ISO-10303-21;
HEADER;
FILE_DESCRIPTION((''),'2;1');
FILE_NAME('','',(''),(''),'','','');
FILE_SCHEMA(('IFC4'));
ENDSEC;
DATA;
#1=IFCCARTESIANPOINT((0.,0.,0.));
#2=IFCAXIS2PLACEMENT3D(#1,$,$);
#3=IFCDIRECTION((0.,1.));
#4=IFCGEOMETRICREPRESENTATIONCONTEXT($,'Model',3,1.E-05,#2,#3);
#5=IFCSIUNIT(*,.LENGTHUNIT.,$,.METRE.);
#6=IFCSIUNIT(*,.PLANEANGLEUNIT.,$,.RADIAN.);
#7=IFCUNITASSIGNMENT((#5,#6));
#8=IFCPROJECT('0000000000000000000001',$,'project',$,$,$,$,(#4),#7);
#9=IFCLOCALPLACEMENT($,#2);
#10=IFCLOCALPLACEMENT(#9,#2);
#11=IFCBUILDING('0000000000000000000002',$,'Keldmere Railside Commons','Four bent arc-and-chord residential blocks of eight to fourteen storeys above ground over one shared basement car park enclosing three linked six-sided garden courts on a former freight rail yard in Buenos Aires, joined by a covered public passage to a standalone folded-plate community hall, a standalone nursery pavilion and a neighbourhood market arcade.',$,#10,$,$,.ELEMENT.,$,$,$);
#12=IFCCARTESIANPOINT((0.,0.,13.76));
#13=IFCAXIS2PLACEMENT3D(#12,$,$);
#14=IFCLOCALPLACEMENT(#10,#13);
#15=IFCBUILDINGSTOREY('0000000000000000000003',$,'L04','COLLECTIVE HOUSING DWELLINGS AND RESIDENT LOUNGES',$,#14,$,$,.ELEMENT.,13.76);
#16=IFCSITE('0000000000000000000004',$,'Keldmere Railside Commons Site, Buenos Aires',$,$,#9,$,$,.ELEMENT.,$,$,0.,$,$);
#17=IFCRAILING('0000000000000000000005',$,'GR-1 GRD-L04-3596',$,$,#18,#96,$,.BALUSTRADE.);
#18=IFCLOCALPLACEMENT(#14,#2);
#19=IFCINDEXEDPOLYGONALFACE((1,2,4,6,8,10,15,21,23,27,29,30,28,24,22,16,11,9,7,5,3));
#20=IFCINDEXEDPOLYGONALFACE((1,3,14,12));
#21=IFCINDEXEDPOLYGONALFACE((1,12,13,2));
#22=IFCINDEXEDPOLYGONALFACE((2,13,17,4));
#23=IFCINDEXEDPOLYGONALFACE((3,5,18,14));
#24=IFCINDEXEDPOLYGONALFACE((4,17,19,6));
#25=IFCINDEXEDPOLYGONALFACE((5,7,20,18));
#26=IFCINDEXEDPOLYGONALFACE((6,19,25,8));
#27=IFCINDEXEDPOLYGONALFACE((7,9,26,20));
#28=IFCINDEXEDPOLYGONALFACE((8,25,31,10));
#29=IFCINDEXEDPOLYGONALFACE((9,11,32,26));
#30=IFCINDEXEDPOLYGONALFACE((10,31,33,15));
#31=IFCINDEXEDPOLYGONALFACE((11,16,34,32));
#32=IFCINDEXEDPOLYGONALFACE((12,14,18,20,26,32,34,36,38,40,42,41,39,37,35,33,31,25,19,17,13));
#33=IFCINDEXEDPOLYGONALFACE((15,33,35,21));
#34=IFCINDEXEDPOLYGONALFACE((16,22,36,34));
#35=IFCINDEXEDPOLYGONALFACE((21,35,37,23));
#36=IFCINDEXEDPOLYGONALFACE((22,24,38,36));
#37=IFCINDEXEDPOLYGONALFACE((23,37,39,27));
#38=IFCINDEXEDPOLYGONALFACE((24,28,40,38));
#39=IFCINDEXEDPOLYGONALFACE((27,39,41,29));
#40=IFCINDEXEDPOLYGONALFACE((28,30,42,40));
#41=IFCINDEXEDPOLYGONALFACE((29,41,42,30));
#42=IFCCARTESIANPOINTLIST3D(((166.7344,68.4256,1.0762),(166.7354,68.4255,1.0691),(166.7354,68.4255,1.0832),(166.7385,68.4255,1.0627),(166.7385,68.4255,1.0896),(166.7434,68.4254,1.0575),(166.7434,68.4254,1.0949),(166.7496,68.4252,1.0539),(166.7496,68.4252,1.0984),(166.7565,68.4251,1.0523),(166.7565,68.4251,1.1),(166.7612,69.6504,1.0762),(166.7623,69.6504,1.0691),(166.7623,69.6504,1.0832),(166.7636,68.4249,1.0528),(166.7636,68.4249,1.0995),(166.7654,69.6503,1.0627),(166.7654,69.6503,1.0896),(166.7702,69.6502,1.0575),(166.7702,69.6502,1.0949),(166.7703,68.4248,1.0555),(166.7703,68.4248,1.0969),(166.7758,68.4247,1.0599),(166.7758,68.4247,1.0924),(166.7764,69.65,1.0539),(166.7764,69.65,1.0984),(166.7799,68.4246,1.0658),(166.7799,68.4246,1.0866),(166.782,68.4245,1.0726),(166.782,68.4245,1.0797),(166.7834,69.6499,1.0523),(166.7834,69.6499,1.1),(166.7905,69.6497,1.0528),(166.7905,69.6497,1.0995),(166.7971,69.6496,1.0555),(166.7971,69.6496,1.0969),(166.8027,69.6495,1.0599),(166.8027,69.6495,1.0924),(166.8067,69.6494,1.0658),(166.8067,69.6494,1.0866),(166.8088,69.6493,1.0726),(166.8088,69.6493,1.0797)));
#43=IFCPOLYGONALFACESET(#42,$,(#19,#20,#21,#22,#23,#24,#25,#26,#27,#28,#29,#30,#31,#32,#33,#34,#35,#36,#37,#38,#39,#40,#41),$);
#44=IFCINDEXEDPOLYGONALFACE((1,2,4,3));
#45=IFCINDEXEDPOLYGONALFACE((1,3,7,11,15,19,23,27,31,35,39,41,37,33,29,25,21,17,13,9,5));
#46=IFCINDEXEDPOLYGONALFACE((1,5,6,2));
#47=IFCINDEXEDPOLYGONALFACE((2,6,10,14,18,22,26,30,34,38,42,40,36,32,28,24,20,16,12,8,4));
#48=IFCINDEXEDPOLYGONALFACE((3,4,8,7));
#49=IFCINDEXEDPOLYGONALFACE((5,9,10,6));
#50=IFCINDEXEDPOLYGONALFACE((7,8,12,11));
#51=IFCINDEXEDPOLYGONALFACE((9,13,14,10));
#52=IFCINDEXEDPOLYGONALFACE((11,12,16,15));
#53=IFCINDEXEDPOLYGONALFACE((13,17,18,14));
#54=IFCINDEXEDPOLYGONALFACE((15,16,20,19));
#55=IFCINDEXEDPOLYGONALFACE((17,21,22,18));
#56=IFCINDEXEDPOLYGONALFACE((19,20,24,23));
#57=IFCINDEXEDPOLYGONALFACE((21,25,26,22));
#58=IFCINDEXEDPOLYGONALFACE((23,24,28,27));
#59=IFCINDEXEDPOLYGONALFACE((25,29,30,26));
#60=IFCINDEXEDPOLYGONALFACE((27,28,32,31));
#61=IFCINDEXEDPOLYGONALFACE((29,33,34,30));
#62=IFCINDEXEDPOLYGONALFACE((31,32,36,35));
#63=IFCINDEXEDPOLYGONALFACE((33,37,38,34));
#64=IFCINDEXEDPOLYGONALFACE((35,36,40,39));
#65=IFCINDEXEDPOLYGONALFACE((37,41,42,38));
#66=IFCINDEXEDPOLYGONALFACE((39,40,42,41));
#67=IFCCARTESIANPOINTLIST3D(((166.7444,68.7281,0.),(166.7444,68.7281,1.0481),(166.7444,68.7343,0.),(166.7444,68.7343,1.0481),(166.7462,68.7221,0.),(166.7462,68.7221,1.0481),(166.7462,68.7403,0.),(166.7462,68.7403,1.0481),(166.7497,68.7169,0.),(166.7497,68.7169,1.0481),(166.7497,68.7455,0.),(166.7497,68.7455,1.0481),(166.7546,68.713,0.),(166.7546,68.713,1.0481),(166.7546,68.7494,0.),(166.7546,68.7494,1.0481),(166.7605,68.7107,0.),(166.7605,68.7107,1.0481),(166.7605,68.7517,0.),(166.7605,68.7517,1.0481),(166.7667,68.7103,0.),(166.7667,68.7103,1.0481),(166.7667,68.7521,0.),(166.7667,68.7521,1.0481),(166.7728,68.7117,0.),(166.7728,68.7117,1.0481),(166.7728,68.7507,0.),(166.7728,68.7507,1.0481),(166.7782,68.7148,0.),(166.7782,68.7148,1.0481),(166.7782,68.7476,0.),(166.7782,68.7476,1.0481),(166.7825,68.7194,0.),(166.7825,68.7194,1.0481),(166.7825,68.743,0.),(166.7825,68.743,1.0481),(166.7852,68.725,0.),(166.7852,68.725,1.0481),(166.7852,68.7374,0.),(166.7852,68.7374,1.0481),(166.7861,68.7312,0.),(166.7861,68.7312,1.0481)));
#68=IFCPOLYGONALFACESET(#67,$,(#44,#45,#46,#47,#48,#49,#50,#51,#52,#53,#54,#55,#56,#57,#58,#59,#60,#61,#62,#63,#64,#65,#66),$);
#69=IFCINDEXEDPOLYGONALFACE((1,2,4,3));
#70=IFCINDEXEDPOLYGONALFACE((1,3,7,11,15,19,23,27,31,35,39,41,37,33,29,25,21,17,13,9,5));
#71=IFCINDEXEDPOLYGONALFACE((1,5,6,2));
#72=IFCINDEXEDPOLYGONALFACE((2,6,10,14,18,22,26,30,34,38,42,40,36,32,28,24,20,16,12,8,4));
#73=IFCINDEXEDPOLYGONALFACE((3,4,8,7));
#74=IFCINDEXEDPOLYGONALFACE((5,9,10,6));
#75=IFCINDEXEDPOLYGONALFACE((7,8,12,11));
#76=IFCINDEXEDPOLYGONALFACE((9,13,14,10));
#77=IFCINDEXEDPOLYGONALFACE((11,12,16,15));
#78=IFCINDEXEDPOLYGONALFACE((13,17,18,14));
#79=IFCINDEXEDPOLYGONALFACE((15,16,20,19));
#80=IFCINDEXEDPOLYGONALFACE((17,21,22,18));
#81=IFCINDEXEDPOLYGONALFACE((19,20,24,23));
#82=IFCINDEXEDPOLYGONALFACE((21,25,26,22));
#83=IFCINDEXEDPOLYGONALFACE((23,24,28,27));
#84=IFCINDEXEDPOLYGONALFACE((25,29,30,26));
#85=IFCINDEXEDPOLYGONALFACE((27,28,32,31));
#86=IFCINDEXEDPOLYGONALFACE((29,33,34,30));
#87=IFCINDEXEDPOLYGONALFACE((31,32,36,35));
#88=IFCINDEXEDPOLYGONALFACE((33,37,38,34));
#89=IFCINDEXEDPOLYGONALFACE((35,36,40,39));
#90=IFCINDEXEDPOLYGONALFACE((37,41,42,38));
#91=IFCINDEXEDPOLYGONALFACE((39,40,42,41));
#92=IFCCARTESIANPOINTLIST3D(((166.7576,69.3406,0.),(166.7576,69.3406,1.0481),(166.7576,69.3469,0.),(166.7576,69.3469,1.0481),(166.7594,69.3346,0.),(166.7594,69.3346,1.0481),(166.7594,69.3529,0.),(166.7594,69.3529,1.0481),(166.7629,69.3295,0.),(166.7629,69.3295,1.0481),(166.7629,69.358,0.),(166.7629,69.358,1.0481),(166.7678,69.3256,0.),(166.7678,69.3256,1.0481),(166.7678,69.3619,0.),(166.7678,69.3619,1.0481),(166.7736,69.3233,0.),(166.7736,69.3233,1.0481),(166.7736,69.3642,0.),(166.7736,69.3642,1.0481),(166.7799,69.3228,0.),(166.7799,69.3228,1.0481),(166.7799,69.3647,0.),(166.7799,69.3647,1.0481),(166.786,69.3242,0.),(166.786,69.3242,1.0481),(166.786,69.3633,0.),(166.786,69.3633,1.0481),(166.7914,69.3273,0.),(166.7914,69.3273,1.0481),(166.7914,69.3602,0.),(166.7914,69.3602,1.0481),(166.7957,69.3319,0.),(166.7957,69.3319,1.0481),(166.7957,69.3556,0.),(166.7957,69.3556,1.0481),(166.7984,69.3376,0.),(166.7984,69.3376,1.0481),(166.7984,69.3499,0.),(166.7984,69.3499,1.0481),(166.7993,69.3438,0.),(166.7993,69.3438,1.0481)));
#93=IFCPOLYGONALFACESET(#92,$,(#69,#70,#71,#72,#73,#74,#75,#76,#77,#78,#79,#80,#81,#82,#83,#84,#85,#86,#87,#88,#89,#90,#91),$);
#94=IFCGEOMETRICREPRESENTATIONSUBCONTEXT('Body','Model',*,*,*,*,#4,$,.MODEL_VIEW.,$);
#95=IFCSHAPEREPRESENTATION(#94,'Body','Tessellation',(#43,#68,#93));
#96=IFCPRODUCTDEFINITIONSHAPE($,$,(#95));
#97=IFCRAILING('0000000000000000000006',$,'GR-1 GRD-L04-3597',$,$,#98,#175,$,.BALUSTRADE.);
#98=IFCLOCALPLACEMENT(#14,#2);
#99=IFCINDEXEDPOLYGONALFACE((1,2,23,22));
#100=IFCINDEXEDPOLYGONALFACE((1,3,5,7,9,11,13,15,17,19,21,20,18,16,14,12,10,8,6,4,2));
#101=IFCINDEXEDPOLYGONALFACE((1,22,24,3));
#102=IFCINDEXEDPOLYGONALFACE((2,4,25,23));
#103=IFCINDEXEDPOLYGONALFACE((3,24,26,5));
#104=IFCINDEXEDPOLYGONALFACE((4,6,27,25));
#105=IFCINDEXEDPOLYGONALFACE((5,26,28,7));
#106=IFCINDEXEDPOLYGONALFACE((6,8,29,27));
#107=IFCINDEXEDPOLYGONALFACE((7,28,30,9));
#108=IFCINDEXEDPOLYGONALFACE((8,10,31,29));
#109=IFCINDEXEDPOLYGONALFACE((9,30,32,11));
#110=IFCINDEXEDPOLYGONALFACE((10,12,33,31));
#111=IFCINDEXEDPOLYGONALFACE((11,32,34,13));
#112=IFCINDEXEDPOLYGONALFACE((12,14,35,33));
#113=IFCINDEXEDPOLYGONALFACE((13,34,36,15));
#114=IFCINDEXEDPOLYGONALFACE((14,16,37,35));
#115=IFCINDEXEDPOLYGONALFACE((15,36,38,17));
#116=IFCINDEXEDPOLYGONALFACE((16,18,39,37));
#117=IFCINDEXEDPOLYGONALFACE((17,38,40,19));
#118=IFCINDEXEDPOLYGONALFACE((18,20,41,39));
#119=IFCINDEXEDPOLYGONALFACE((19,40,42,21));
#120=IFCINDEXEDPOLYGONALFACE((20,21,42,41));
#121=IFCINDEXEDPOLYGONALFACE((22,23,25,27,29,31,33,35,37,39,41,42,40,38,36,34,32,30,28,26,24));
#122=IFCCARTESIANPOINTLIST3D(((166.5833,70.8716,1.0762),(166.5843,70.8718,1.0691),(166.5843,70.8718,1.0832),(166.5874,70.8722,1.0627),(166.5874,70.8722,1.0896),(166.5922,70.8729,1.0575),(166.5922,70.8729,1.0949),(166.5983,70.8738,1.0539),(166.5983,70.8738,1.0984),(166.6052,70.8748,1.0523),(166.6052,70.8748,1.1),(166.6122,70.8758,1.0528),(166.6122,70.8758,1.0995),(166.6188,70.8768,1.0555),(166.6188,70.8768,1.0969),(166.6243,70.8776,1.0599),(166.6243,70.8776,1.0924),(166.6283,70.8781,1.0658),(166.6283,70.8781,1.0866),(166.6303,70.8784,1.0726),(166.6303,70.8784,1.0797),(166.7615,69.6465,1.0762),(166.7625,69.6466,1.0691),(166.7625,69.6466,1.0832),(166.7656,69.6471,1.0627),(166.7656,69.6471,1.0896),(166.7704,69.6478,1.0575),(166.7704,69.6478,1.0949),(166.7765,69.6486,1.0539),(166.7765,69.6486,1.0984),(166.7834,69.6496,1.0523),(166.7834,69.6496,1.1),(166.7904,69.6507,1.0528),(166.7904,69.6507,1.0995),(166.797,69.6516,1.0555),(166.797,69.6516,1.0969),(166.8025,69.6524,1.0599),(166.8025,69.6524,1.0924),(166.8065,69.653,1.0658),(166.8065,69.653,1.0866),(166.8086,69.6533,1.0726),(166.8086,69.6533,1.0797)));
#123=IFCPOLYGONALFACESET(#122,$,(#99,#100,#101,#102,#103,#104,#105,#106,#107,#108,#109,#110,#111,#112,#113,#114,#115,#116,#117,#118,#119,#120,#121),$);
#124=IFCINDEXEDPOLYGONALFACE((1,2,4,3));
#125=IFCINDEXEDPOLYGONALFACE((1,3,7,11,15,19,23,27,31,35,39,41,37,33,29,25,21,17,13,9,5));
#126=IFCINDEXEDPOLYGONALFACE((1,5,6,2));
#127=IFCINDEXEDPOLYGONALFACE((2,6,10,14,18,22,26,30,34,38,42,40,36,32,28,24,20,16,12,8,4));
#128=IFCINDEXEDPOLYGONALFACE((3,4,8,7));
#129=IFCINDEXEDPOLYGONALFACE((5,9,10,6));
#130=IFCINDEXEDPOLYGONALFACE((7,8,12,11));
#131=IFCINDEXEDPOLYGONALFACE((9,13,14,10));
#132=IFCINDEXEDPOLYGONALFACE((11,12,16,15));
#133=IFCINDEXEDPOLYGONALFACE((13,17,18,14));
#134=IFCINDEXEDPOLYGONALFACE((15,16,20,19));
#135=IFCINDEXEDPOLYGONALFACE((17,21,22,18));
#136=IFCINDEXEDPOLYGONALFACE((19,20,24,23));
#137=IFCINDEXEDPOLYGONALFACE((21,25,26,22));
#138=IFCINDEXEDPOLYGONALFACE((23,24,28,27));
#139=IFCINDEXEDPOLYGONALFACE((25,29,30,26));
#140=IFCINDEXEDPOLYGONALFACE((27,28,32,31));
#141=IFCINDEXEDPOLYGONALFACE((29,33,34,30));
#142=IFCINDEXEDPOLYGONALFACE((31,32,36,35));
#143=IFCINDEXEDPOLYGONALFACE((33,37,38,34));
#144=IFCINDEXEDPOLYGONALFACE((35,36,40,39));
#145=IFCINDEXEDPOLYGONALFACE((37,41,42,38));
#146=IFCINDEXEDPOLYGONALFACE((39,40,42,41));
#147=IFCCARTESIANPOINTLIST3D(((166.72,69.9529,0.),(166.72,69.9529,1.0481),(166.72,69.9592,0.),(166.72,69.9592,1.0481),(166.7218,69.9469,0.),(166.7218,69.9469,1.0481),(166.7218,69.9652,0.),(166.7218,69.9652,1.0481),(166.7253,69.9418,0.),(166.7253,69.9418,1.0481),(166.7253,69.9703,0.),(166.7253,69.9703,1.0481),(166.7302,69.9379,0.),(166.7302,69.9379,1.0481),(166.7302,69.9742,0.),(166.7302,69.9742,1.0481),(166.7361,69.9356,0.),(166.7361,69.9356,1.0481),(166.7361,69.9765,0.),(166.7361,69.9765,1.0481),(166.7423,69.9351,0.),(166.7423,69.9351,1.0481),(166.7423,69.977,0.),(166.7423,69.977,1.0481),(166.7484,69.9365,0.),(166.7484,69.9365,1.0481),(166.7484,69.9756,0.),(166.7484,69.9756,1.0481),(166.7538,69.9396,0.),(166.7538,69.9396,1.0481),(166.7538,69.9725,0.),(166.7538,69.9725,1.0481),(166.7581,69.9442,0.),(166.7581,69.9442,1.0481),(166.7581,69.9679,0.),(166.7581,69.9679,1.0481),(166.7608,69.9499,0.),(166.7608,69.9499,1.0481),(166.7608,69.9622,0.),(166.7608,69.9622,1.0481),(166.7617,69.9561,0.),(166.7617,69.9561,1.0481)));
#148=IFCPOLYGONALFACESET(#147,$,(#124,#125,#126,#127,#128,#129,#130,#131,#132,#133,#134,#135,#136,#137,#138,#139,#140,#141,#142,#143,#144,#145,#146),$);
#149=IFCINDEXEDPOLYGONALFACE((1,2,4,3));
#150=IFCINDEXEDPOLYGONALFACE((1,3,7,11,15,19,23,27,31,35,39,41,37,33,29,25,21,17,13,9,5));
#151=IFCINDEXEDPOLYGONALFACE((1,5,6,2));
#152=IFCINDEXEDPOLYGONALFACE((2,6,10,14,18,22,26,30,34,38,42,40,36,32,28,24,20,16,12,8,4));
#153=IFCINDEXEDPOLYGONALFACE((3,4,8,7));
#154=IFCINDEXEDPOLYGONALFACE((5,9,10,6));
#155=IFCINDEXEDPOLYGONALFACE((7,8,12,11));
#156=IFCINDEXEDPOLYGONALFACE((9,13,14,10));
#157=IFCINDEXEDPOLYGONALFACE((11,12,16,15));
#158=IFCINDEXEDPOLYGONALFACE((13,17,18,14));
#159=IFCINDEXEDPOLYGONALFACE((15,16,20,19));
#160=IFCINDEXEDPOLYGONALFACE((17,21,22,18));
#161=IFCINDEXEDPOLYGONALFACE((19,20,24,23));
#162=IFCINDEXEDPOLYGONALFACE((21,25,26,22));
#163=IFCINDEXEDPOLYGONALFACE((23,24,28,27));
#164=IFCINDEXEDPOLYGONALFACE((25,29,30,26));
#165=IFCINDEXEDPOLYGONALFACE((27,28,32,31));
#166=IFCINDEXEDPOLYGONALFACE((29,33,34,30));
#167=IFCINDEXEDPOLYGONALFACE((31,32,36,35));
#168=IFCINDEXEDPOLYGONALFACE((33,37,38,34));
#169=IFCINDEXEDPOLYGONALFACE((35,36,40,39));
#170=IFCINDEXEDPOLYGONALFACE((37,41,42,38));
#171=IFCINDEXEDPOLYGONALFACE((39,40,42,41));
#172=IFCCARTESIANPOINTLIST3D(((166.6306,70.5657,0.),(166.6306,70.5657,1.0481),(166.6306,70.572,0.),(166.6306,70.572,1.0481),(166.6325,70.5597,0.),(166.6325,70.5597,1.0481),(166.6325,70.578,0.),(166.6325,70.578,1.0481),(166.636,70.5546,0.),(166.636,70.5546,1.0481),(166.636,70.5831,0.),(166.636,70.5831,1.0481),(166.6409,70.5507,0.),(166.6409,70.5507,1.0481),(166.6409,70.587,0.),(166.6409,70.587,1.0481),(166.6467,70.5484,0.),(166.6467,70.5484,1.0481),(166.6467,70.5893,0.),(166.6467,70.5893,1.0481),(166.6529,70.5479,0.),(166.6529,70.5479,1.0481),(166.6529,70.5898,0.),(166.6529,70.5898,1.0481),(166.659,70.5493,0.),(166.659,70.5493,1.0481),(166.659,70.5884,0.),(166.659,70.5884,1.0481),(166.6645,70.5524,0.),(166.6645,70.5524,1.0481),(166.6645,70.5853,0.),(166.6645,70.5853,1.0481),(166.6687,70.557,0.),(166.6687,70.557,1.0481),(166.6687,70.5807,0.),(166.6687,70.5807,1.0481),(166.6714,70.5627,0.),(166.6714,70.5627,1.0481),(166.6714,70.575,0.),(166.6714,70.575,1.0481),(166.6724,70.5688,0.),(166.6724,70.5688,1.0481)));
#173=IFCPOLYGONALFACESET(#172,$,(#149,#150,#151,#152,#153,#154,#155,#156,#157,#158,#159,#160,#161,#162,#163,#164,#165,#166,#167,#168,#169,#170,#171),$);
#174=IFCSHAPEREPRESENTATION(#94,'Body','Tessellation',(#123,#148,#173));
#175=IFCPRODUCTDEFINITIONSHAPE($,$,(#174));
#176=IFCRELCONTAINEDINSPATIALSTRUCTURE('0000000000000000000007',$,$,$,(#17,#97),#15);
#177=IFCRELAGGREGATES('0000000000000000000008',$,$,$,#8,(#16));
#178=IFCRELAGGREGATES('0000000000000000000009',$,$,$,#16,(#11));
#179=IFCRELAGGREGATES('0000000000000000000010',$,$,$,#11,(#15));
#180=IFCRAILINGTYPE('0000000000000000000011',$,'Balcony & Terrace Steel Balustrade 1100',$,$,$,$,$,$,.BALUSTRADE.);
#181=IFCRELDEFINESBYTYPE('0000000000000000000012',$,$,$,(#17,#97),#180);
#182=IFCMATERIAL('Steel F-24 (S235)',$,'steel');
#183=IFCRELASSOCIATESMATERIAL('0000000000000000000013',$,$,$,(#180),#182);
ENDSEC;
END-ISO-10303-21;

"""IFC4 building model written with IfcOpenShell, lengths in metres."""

from ifc_helpers import new_model, si_unit, direction, frame, origin, origin_2d, place, context, subcontext, project, spatial, circle, extrude, material, type_object, element, save


model = new_model("IFC4")

# Units and contexts
model_context = context("Model", 3, precision=1e-05, world=origin(), true_north=direction((0.0, 1.0)))
body_context = subcontext(model_context, "Body", "Model", "MODEL_VIEW")
ifc_project = project(units=[si_unit("LENGTHUNIT", "METRE"), si_unit("PLANEANGLEUNIT", "RADIAN")], contexts=[model_context])

# Site, building, storey
site_placement = place(None, origin())
site = spatial("IfcSite", under=ifc_project, at=site_placement, Name="Keldmere Railside Commons Site, Buenos Aires", CompositionType="ELEMENT", RefElevation=0.0)
building_placement = place(site_placement, origin())
building = spatial("IfcBuilding", under=site, at=building_placement, Name="Keldmere Railside Commons", Description="Four bent arc-and-chord residential blocks of eight to fourteen storeys above ground over one shared basement car park enclosing three linked six-sided garden courts on a former freight rail yard in Buenos Aires, joined by a covered public passage to a standalone folded-plate community hall, a standalone nursery pavilion and a neighbourhood market arcade.", CompositionType="ELEMENT")
storey_placement = place(building_placement, frame((0.0, 0.0, 13.76)))
storey = spatial("IfcBuildingStorey", under=building, at=storey_placement, Name="L04", Description="COLLECTIVE HOUSING DWELLINGS AND RESIDENT LOUNGES", CompositionType="ELEMENT", Elevation=13.76)

# Shared definitions
ifc_material_1 = material(Name="Steel F-24 (S235)", Category="steel")

# Railings
railing_type_1 = type_object("IfcRailingType", Name="Balcony & Terrace Steel Balustrade 1100", PredefinedType="BALUSTRADE", material=ifc_material_1)
railing_1_placement = place(storey_placement, frame((166.7583, 68.425, 0.0)))
element("IfcRailing", 1, at=railing_1_placement, inside=storey, type_object=railing_type_1, Name="GR-1 GRD-L04-3596", PredefinedType="BALUSTRADE", context=body_context, shape_type="SweptSolid", body=[
    extrude(circle(Radius=0.0239, at=origin_2d()), frame((0.0, 0.0, 1.0762), z_axis=(0.02192, 0.99976, 0.0), x_axis=(-0.99976, 0.02192, 0.0)), (0.0, 0.0, 1.0), 1.2251),
    extrude(circle(Radius=0.021, at=origin_2d()), frame((0.0068, 0.3062, 0.0)), (0.0, 0.0, 1.0), 1.0481),
    extrude(circle(Radius=0.021, at=origin_2d()), frame((0.02, 0.9187, 0.0)), (0.0, 0.0, 1.0), 1.0481),
])
railing_2_placement = place(storey_placement, frame((166.7852, 69.6499, 0.0)))
element("IfcRailing", 2, at=railing_2_placement, inside=storey, type_object=railing_type_1, Name="GR-1 GRD-L04-3597", PredefinedType="BALUSTRADE", context=body_context, shape_type="SweptSolid", body=[
    extrude(circle(Radius=0.0239, at=origin_2d()), frame((0.0, 0.0, 1.0762), z_axis=(-0.143961, 0.989583, 0.0), x_axis=(-0.989583, -0.143961, 0.0)), (0.0, 0.0, 1.0), 1.238),
    extrude(circle(Radius=0.021, at=origin_2d()), frame((-0.0444, 0.3062, 0.0)), (0.0, 0.0, 1.0), 1.0481),
    extrude(circle(Radius=0.021, at=origin_2d()), frame((-0.1338, 0.9189, 0.0)), (0.0, 0.0, 1.0), 1.0481),
])

save(model, "model.ifc")
